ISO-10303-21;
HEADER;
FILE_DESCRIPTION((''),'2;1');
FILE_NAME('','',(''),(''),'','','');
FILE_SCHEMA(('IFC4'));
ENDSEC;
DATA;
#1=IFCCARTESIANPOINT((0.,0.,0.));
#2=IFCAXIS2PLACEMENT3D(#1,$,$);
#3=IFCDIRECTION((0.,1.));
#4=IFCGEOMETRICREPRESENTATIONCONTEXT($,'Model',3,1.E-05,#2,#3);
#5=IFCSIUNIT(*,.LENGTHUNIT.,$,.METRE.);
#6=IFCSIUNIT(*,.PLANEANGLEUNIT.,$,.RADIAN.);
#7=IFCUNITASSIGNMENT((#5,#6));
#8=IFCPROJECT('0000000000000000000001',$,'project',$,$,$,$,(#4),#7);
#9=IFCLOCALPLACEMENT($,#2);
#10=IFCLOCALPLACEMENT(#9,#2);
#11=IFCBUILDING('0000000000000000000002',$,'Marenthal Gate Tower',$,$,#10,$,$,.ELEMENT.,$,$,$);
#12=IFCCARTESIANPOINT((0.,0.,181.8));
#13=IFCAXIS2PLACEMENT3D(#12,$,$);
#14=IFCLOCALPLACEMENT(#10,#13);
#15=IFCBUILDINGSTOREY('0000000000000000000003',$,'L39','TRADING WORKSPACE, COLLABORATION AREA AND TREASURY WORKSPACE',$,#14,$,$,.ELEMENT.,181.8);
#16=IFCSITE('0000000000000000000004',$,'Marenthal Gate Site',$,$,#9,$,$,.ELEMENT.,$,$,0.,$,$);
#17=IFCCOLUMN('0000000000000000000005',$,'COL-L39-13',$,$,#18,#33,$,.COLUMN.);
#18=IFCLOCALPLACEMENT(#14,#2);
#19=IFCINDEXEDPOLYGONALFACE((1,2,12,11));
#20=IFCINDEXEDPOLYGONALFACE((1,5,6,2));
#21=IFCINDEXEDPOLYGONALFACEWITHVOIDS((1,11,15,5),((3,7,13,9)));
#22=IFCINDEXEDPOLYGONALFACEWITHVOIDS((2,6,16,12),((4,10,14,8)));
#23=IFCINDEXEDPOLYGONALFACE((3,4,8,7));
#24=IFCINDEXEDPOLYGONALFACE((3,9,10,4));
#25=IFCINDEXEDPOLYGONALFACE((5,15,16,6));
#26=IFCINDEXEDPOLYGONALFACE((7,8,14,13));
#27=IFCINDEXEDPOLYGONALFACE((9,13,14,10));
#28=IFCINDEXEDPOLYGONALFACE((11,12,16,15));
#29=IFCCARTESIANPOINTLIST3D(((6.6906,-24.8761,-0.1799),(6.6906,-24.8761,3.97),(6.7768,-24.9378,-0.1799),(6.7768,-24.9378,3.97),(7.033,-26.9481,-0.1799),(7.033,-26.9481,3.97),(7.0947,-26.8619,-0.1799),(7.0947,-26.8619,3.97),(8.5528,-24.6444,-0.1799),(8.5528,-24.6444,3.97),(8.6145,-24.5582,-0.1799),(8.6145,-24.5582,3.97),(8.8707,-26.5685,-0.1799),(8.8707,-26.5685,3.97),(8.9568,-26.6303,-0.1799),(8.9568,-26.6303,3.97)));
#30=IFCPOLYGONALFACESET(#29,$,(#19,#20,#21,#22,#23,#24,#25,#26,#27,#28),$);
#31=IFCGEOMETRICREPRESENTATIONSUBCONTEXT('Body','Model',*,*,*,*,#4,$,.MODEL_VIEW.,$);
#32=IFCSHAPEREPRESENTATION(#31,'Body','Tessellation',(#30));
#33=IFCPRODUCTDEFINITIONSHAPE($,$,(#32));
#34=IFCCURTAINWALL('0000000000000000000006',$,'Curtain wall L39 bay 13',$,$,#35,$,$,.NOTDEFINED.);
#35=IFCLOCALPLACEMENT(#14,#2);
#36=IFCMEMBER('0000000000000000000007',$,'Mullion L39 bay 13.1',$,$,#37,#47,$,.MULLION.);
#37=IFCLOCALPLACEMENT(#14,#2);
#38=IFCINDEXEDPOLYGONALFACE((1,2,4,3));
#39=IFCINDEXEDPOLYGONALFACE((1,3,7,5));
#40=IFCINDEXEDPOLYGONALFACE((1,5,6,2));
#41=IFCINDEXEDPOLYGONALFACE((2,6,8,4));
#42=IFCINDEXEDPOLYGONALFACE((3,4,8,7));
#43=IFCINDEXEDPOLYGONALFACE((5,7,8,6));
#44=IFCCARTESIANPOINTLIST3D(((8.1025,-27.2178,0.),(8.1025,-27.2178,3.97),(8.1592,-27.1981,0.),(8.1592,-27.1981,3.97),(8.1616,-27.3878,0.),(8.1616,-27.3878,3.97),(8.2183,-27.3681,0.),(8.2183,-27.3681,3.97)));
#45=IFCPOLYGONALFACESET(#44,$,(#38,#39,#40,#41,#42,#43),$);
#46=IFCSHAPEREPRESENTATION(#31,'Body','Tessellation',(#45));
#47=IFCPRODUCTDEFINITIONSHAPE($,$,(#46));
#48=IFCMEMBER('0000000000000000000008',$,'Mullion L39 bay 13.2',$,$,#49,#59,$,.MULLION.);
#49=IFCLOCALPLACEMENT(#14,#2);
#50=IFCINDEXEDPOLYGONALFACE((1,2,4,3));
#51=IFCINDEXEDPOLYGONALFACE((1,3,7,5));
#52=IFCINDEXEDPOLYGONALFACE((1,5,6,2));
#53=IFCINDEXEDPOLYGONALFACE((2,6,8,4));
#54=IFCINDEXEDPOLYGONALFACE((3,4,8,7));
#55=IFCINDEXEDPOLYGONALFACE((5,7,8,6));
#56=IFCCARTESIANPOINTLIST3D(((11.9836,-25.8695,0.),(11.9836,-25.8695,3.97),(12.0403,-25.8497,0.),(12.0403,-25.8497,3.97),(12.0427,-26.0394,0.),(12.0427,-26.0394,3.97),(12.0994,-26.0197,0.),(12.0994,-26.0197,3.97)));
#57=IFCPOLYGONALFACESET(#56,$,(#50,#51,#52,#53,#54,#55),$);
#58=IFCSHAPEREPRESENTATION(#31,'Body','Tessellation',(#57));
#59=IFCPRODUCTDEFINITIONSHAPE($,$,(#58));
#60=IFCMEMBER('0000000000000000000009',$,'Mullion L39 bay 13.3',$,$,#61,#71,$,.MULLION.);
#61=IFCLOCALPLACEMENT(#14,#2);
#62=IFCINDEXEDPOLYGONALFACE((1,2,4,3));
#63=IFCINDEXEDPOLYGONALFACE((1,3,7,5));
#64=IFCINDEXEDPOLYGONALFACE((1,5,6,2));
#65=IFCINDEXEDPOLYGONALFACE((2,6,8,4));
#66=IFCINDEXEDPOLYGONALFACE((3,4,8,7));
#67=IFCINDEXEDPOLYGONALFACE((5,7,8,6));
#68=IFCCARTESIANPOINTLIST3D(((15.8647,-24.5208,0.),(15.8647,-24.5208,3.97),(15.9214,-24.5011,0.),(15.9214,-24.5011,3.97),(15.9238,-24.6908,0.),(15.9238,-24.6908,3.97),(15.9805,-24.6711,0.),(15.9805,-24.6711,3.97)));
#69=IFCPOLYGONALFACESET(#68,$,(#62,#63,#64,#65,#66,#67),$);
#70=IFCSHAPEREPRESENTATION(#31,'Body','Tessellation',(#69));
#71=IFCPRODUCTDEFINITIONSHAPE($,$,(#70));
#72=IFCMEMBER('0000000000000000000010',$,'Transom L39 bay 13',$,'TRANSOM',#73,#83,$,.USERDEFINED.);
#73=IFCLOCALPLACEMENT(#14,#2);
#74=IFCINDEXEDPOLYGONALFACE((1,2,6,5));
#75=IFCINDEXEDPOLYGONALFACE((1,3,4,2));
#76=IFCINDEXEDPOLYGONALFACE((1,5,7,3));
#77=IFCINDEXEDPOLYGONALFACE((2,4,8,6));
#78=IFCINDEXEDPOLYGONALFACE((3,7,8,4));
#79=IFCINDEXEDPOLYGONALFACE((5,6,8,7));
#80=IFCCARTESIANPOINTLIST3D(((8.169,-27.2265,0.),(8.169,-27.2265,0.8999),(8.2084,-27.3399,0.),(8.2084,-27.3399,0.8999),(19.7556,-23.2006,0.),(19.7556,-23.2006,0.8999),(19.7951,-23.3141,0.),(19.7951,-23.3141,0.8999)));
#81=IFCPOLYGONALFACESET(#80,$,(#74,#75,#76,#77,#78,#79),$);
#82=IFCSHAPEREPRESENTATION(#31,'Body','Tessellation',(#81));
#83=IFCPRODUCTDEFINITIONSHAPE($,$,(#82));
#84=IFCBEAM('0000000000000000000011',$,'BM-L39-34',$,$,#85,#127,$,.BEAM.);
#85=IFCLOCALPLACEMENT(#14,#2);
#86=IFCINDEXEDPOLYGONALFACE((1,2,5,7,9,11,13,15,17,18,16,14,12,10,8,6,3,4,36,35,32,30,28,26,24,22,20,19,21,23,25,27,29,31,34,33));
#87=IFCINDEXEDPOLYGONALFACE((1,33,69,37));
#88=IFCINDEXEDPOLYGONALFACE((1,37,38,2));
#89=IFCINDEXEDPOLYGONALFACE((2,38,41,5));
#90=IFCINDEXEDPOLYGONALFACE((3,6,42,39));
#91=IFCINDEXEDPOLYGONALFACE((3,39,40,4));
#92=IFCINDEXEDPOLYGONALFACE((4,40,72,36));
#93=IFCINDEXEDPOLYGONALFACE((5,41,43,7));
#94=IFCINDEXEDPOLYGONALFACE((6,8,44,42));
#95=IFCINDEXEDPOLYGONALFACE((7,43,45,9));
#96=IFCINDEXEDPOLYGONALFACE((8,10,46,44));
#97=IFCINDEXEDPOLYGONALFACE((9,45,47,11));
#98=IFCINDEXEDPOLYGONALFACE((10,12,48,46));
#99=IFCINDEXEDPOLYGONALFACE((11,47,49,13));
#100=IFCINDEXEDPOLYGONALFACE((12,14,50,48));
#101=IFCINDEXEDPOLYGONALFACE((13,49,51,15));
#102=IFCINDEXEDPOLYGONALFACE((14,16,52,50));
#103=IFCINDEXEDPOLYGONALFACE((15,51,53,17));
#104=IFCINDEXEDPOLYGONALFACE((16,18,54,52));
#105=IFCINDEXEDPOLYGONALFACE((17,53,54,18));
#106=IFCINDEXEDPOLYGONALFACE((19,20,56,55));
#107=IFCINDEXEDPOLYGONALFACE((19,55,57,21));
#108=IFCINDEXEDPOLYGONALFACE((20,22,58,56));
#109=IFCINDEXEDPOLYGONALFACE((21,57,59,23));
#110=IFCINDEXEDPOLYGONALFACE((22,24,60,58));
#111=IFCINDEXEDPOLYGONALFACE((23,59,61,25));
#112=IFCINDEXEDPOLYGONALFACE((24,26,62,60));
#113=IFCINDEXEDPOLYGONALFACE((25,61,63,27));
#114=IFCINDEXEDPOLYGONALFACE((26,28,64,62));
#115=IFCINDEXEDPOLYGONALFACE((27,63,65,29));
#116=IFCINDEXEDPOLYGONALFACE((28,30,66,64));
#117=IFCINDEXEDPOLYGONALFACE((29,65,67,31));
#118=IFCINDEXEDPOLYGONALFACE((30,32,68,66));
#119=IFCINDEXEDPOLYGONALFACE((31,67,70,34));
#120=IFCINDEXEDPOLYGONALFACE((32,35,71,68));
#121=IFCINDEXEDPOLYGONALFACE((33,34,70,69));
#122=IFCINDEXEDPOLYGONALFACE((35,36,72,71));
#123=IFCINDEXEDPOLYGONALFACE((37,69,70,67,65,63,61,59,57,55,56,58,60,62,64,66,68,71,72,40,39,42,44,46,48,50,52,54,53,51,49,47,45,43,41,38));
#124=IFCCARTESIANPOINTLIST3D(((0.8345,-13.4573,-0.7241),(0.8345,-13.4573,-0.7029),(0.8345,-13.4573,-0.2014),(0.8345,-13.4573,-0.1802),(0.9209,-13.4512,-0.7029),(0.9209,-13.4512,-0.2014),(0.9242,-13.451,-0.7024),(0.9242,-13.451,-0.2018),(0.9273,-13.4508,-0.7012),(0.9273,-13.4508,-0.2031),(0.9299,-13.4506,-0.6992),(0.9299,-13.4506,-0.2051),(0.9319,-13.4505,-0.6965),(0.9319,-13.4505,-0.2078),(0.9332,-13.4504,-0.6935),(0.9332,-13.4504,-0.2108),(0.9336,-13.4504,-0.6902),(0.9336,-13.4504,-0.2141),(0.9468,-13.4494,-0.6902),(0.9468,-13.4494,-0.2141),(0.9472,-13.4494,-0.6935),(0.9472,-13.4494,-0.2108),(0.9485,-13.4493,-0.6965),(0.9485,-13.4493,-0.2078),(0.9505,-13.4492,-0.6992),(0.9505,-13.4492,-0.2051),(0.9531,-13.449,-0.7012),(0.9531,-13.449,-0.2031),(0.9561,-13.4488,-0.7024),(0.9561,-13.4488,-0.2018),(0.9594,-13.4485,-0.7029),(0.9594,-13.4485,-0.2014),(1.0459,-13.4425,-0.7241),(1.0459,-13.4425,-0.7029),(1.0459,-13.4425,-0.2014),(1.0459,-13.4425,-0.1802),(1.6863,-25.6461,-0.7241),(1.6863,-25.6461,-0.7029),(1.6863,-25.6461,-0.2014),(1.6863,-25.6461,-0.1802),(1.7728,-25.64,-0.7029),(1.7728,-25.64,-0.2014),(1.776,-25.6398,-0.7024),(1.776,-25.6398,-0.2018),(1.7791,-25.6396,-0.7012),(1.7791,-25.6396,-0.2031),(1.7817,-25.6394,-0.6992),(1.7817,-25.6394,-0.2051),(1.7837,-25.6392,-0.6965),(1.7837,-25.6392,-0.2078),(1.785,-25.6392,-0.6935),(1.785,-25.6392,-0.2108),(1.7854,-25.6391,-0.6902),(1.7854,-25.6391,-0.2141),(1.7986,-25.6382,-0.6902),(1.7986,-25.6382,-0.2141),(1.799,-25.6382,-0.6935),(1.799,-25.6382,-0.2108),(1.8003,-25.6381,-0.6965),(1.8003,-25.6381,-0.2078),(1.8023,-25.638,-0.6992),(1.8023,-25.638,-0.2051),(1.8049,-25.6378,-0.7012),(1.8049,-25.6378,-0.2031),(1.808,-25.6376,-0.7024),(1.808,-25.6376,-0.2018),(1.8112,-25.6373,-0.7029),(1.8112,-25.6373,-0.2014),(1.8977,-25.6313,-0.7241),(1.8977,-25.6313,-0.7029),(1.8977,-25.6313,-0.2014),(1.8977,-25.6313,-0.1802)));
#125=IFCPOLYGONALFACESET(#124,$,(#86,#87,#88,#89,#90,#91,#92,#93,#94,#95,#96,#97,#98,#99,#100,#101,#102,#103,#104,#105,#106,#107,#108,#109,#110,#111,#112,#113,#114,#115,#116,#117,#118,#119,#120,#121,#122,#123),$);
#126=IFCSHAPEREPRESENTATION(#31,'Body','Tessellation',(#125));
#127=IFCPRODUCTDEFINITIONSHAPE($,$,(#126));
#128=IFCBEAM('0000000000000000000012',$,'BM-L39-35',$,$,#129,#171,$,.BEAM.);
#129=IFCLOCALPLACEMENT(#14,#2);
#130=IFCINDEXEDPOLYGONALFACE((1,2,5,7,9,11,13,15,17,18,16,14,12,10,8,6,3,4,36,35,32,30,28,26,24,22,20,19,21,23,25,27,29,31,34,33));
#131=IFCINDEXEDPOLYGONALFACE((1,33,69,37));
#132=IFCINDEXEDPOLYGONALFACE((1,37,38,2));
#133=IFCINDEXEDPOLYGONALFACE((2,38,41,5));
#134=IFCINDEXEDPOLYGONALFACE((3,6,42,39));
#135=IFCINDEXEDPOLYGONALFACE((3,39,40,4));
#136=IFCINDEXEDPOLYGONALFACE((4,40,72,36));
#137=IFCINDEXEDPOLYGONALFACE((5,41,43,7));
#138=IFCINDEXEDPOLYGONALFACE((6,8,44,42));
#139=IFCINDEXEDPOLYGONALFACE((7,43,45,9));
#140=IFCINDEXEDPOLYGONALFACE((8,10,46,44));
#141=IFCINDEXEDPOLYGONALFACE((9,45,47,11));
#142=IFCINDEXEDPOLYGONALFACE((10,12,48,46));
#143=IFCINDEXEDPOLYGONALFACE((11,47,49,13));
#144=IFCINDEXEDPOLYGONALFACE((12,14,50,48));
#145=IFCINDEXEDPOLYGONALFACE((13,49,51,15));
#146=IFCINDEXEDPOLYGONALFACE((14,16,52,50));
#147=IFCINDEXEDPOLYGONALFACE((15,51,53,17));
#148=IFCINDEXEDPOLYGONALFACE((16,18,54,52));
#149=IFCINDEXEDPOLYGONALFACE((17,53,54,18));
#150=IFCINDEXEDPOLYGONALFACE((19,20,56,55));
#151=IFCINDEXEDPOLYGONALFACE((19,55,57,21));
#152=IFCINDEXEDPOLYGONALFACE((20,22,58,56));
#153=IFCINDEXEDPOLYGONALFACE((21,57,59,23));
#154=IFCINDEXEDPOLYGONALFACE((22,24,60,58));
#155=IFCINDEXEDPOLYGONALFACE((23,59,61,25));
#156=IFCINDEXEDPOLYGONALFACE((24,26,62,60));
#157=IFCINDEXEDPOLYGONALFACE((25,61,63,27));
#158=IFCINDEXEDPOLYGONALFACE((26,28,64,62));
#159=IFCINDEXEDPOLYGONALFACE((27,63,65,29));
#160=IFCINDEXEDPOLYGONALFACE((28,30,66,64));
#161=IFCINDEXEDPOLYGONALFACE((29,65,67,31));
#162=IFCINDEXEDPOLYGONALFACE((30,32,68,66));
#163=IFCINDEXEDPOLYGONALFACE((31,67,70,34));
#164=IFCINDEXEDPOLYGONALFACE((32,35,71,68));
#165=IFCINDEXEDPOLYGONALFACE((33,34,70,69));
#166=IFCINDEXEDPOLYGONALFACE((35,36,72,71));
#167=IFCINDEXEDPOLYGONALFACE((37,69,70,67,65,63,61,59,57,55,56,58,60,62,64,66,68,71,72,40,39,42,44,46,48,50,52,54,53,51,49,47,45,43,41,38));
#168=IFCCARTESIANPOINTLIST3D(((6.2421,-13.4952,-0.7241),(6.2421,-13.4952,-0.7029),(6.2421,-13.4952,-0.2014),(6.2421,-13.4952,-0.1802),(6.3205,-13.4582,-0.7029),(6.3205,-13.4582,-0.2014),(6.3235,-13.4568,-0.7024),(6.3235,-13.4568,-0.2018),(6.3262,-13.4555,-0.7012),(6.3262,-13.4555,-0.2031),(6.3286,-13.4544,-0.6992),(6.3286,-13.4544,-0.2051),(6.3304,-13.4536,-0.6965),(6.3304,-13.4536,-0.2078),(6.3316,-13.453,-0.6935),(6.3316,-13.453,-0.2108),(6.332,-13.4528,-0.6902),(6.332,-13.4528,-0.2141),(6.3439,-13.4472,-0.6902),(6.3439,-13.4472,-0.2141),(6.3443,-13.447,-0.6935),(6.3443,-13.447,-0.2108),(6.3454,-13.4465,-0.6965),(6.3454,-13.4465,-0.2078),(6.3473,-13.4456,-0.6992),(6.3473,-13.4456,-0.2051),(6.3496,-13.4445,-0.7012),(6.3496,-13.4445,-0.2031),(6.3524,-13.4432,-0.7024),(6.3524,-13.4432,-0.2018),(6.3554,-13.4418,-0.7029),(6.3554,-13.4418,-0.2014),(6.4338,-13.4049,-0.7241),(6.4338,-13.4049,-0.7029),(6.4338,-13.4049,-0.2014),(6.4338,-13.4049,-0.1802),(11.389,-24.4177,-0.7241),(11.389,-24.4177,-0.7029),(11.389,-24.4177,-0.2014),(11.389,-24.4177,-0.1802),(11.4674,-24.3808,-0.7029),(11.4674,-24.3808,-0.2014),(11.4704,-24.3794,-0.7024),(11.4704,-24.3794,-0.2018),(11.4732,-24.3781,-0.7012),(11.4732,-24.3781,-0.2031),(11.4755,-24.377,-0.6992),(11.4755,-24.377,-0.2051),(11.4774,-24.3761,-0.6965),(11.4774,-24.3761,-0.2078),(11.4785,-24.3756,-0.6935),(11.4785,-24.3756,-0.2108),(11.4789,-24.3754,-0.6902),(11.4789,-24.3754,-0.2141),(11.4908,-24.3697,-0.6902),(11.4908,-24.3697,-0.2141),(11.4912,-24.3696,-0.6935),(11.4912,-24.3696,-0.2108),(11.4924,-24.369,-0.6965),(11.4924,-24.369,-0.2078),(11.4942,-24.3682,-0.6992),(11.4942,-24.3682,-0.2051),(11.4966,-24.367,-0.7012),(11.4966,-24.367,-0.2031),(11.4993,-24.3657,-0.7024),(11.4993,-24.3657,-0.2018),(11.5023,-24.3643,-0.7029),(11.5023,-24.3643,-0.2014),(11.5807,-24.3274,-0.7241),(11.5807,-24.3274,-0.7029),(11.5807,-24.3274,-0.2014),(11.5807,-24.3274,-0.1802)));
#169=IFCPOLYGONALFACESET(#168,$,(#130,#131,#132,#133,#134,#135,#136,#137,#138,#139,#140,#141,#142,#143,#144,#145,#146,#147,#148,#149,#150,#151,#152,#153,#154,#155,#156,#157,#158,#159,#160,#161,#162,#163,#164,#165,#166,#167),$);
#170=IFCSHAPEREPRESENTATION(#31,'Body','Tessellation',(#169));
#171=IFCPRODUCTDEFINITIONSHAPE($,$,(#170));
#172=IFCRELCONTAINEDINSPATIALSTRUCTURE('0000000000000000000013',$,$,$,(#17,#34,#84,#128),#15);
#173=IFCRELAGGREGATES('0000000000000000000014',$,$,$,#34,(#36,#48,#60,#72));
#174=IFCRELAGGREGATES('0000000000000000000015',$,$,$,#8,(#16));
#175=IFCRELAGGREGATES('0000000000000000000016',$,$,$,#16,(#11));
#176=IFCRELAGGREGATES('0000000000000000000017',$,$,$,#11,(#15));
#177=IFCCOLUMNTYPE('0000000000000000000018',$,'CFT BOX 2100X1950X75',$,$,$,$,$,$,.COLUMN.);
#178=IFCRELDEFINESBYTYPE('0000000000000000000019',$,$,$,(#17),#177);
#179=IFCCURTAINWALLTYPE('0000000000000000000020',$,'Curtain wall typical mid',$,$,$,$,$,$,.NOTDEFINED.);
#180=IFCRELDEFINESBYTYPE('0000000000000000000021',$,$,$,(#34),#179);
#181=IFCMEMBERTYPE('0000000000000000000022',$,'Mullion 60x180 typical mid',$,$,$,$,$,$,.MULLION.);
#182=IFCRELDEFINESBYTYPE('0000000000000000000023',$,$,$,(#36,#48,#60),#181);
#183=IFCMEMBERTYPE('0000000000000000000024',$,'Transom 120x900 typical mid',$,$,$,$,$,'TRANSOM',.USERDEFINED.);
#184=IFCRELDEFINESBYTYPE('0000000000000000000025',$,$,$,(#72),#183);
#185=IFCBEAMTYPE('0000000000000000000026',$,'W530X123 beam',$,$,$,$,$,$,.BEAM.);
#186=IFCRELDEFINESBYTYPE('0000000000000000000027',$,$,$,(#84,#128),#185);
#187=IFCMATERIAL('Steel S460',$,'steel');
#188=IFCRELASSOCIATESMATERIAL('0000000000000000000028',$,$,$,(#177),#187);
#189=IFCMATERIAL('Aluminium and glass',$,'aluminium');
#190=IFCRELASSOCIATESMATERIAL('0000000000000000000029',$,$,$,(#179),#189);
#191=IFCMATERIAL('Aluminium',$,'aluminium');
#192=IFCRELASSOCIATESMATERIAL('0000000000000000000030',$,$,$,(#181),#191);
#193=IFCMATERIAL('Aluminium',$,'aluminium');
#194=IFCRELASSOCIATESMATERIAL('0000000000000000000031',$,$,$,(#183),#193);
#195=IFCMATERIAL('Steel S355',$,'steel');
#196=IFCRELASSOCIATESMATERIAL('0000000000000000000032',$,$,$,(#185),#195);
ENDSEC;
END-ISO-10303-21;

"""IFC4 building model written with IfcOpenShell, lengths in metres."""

from ifc_helpers import new_model, si_unit, direction, frame, origin, origin_2d, place, context, subcontext, project, spatial, rectangle, hollow_rectangle, i_section, extrude, material, material_profile, profile_set, type_object, element, aggregate, save


model = new_model("IFC4")

# Units and contexts
model_context = context("Model", 3, precision=1e-05, world=origin(), true_north=direction((0.0, 1.0)))
body_context = subcontext(model_context, "Body", "Model", "MODEL_VIEW")
ifc_project = project(units=[si_unit("LENGTHUNIT", "METRE"), si_unit("PLANEANGLEUNIT", "RADIAN")], contexts=[model_context])

# Site, building, storey
site_placement = place(None, origin())
site = spatial("IfcSite", under=ifc_project, at=site_placement, Name="Marenthal Gate Site", CompositionType="ELEMENT", RefElevation=0.0)
building_placement = place(site_placement, origin())
building = spatial("IfcBuilding", under=site, at=building_placement, Name="Marenthal Gate Tower", CompositionType="ELEMENT")
storey_placement = place(building_placement, frame((0.0, 0.0, 181.8)))
storey = spatial("IfcBuildingStorey", under=building, at=storey_placement, Name="L39", Description="TRADING WORKSPACE, COLLABORATION AREA AND TREASURY WORKSPACE", CompositionType="ELEMENT", Elevation=181.8)

# Column
ifc_material_1 = material(Name="Steel S460", Category="steel")
ifc_material_profile_1 = material_profile(ifc_material_1, hollow_rectangle(XDim=1.95, YDim=2.1001, WallThickness=0.075, at=origin_2d()), Name="CFT BOX 2100X1950X75")
ifc_material_2 = material(Name="Concrete 70 MPa", Category="concrete")
ifc_material_profile_2 = material_profile(ifc_material_2, rectangle(XDim=1.8, YDim=1.95, at=origin_2d()), Name="CFT BOX 2100X1950X75 INFILL")
ifc_profile_set_1 = profile_set([ifc_material_profile_1, ifc_material_profile_2], Name="Steel S460 shell, Concrete 70 MPa infill")
column_type = type_object("IfcColumnType", Name="CFT BOX 2100X1950X75", PredefinedType="COLUMN", material=ifc_profile_set_1)
column_placement = place(storey_placement, frame((7.8237, -25.7532, -0.1799), z_axis=(0.0, 0.0, 1.0), x_axis=(-0.986625, -0.163004, 0.0)))
element("IfcColumn", 1, at=column_placement, inside=storey, type_object=column_type, Name="COL-L39-13", PredefinedType="COLUMN", context=body_context, shape_type="SweptSolid", body=[
    extrude(hollow_rectangle(XDim=1.95, YDim=2.1001, WallThickness=0.075, at=origin_2d()), origin(), (0.0, 0.0, 1.0), 4.1499),
])

# Curtain wall, members
ifc_material_3 = material(Name="Aluminium and glass", Category="aluminium")
curtain_wall_type = type_object("IfcCurtainWallType", Name="Curtain wall typical mid", PredefinedType="NOTDEFINED", material=ifc_material_3)
curtain_wall_placement = place(storey_placement, origin())
curtain_wall = element("IfcCurtainWall", 2, at=curtain_wall_placement, inside=storey, type_object=curtain_wall_type, Name="Curtain wall L39 bay 13", PredefinedType="NOTDEFINED")
ifc_material_4 = material(Name="Aluminium", Category="aluminium")
ifc_material_profile_3 = material_profile(ifc_material_4, rectangle(XDim=0.1799, YDim=0.0601, at=origin_2d()), Name="60x180 aluminium mullion")
ifc_profile_set_2 = profile_set([ifc_material_profile_3], Name="Aluminium")
member_type_1 = type_object("IfcMemberType", Name="Mullion 60x180 typical mid", PredefinedType="MULLION", material=ifc_profile_set_2)
member_1_placement = place(storey_placement, frame((8.1604, -27.293, 0.0), z_axis=(0.0, 0.0, 1.0), x_axis=(-0.328211, 0.944604, 0.0)))
member_1 = element("IfcMember", 3, at=member_1_placement, type_object=member_type_1, Name="Mullion L39 bay 13.1", PredefinedType="MULLION", context=body_context, shape_type="SweptSolid", body=[
    extrude(rectangle(XDim=0.1799, YDim=0.0601, at=origin_2d()), origin(), (0.0, 0.0, 1.0), 3.97),
])
member_2_placement = place(storey_placement, frame((12.0415, -25.9446, 0.0), z_axis=(0.0, 0.0, 1.0), x_axis=(-0.328211, 0.944604, 0.0)))
member_2 = element("IfcMember", 4, at=member_2_placement, type_object=member_type_1, Name="Mullion L39 bay 13.2", PredefinedType="MULLION", context=body_context, shape_type="SweptSolid", body=[
    extrude(rectangle(XDim=0.1799, YDim=0.0601, at=origin_2d()), origin(), (0.0, 0.0, 1.0), 3.97),
])
member_3_placement = place(storey_placement, frame((15.9226, -24.5959, 0.0), z_axis=(0.0, 0.0, 1.0), x_axis=(-0.328211, 0.944604, 0.0)))
member_3 = element("IfcMember", 5, at=member_3_placement, type_object=member_type_1, Name="Mullion L39 bay 13.3", PredefinedType="MULLION", context=body_context, shape_type="SweptSolid", body=[
    extrude(rectangle(XDim=0.1799, YDim=0.0601, at=origin_2d()), origin(), (0.0, 0.0, 1.0), 3.97),
])
ifc_material_5 = material(Name="Aluminium", Category="aluminium")
ifc_material_profile_4 = material_profile(ifc_material_5, rectangle(XDim=0.1201, YDim=0.8999, at=origin_2d()), Name="120x900 aluminium transom")
ifc_profile_set_3 = profile_set([ifc_material_profile_4], Name="Aluminium")
member_type_2 = type_object("IfcMemberType", Name="Transom 120x900 typical mid", ElementType="TRANSOM", PredefinedType="USERDEFINED", material=ifc_profile_set_3)
member_4_placement = place(storey_placement, frame((8.1887, -27.2832, 0.45), z_axis=(0.944605, 0.32821, 0.0), x_axis=(-0.32821, 0.944605, 0.0)))
member_4 = element("IfcMember", 6, at=member_4_placement, type_object=member_type_2, Name="Transom L39 bay 13", ObjectType="TRANSOM", PredefinedType="USERDEFINED", context=body_context, shape_type="SweptSolid", body=[
    extrude(rectangle(XDim=0.1201, YDim=0.8999, at=origin_2d()), origin(), (0.0, 0.0, 1.0), 12.2661),
])

# Beams
ifc_material_6 = material(Name="Steel S355", Category="steel")
ifc_material_profile_5 = material_profile(ifc_material_6, i_section(OverallWidth=0.2119, OverallDepth=0.5439, WebThickness=0.0132, FlangeThickness=0.0212, FilletRadius=0.0127, at=origin_2d()), Name="W530X123")
ifc_profile_set_4 = profile_set([ifc_material_profile_5], Name="Steel S355")
beam_type_1 = type_object("IfcBeamType", Name="W530X123 beam", PredefinedType="BEAM", material=ifc_profile_set_4)
beam_1_placement = place(storey_placement, frame((1.792, -25.6387, -0.4521), z_axis=(-0.069715, 0.997567, 0.0), x_axis=(-0.997567, -0.069715, 0.0)))
element("IfcBeam", 7, at=beam_1_placement, inside=storey, type_object=beam_type_1, Name="BM-L39-34", PredefinedType="BEAM", context=body_context, shape_type="SweptSolid", body=[
    extrude(i_section(OverallWidth=0.2119, OverallDepth=0.5439, WebThickness=0.0132, FlangeThickness=0.0212, FilletRadius=0.0127, at=origin_2d()), origin(), (0.0, 0.0, 1.0), 12.2185),
])
beam_2_placement = place(storey_placement, frame((11.4849, -24.3726, -0.4521), z_axis=(-0.426266, 0.904598, 0.0), x_axis=(-0.904598, -0.426266, 0.0)))
element("IfcBeam", 8, at=beam_2_placement, inside=storey, type_object=beam_type_1, Name="BM-L39-35", PredefinedType="BEAM", context=body_context, shape_type="SweptSolid", body=[
    extrude(i_section(OverallWidth=0.2119, OverallDepth=0.5439, WebThickness=0.0132, FlangeThickness=0.0212, FilletRadius=0.0127, at=origin_2d()), origin(), (0.0, 0.0, 1.0), 12.0745),
])

aggregate(curtain_wall, [member_1, member_2, member_3, member_4])

save(model, "model.ifc")
